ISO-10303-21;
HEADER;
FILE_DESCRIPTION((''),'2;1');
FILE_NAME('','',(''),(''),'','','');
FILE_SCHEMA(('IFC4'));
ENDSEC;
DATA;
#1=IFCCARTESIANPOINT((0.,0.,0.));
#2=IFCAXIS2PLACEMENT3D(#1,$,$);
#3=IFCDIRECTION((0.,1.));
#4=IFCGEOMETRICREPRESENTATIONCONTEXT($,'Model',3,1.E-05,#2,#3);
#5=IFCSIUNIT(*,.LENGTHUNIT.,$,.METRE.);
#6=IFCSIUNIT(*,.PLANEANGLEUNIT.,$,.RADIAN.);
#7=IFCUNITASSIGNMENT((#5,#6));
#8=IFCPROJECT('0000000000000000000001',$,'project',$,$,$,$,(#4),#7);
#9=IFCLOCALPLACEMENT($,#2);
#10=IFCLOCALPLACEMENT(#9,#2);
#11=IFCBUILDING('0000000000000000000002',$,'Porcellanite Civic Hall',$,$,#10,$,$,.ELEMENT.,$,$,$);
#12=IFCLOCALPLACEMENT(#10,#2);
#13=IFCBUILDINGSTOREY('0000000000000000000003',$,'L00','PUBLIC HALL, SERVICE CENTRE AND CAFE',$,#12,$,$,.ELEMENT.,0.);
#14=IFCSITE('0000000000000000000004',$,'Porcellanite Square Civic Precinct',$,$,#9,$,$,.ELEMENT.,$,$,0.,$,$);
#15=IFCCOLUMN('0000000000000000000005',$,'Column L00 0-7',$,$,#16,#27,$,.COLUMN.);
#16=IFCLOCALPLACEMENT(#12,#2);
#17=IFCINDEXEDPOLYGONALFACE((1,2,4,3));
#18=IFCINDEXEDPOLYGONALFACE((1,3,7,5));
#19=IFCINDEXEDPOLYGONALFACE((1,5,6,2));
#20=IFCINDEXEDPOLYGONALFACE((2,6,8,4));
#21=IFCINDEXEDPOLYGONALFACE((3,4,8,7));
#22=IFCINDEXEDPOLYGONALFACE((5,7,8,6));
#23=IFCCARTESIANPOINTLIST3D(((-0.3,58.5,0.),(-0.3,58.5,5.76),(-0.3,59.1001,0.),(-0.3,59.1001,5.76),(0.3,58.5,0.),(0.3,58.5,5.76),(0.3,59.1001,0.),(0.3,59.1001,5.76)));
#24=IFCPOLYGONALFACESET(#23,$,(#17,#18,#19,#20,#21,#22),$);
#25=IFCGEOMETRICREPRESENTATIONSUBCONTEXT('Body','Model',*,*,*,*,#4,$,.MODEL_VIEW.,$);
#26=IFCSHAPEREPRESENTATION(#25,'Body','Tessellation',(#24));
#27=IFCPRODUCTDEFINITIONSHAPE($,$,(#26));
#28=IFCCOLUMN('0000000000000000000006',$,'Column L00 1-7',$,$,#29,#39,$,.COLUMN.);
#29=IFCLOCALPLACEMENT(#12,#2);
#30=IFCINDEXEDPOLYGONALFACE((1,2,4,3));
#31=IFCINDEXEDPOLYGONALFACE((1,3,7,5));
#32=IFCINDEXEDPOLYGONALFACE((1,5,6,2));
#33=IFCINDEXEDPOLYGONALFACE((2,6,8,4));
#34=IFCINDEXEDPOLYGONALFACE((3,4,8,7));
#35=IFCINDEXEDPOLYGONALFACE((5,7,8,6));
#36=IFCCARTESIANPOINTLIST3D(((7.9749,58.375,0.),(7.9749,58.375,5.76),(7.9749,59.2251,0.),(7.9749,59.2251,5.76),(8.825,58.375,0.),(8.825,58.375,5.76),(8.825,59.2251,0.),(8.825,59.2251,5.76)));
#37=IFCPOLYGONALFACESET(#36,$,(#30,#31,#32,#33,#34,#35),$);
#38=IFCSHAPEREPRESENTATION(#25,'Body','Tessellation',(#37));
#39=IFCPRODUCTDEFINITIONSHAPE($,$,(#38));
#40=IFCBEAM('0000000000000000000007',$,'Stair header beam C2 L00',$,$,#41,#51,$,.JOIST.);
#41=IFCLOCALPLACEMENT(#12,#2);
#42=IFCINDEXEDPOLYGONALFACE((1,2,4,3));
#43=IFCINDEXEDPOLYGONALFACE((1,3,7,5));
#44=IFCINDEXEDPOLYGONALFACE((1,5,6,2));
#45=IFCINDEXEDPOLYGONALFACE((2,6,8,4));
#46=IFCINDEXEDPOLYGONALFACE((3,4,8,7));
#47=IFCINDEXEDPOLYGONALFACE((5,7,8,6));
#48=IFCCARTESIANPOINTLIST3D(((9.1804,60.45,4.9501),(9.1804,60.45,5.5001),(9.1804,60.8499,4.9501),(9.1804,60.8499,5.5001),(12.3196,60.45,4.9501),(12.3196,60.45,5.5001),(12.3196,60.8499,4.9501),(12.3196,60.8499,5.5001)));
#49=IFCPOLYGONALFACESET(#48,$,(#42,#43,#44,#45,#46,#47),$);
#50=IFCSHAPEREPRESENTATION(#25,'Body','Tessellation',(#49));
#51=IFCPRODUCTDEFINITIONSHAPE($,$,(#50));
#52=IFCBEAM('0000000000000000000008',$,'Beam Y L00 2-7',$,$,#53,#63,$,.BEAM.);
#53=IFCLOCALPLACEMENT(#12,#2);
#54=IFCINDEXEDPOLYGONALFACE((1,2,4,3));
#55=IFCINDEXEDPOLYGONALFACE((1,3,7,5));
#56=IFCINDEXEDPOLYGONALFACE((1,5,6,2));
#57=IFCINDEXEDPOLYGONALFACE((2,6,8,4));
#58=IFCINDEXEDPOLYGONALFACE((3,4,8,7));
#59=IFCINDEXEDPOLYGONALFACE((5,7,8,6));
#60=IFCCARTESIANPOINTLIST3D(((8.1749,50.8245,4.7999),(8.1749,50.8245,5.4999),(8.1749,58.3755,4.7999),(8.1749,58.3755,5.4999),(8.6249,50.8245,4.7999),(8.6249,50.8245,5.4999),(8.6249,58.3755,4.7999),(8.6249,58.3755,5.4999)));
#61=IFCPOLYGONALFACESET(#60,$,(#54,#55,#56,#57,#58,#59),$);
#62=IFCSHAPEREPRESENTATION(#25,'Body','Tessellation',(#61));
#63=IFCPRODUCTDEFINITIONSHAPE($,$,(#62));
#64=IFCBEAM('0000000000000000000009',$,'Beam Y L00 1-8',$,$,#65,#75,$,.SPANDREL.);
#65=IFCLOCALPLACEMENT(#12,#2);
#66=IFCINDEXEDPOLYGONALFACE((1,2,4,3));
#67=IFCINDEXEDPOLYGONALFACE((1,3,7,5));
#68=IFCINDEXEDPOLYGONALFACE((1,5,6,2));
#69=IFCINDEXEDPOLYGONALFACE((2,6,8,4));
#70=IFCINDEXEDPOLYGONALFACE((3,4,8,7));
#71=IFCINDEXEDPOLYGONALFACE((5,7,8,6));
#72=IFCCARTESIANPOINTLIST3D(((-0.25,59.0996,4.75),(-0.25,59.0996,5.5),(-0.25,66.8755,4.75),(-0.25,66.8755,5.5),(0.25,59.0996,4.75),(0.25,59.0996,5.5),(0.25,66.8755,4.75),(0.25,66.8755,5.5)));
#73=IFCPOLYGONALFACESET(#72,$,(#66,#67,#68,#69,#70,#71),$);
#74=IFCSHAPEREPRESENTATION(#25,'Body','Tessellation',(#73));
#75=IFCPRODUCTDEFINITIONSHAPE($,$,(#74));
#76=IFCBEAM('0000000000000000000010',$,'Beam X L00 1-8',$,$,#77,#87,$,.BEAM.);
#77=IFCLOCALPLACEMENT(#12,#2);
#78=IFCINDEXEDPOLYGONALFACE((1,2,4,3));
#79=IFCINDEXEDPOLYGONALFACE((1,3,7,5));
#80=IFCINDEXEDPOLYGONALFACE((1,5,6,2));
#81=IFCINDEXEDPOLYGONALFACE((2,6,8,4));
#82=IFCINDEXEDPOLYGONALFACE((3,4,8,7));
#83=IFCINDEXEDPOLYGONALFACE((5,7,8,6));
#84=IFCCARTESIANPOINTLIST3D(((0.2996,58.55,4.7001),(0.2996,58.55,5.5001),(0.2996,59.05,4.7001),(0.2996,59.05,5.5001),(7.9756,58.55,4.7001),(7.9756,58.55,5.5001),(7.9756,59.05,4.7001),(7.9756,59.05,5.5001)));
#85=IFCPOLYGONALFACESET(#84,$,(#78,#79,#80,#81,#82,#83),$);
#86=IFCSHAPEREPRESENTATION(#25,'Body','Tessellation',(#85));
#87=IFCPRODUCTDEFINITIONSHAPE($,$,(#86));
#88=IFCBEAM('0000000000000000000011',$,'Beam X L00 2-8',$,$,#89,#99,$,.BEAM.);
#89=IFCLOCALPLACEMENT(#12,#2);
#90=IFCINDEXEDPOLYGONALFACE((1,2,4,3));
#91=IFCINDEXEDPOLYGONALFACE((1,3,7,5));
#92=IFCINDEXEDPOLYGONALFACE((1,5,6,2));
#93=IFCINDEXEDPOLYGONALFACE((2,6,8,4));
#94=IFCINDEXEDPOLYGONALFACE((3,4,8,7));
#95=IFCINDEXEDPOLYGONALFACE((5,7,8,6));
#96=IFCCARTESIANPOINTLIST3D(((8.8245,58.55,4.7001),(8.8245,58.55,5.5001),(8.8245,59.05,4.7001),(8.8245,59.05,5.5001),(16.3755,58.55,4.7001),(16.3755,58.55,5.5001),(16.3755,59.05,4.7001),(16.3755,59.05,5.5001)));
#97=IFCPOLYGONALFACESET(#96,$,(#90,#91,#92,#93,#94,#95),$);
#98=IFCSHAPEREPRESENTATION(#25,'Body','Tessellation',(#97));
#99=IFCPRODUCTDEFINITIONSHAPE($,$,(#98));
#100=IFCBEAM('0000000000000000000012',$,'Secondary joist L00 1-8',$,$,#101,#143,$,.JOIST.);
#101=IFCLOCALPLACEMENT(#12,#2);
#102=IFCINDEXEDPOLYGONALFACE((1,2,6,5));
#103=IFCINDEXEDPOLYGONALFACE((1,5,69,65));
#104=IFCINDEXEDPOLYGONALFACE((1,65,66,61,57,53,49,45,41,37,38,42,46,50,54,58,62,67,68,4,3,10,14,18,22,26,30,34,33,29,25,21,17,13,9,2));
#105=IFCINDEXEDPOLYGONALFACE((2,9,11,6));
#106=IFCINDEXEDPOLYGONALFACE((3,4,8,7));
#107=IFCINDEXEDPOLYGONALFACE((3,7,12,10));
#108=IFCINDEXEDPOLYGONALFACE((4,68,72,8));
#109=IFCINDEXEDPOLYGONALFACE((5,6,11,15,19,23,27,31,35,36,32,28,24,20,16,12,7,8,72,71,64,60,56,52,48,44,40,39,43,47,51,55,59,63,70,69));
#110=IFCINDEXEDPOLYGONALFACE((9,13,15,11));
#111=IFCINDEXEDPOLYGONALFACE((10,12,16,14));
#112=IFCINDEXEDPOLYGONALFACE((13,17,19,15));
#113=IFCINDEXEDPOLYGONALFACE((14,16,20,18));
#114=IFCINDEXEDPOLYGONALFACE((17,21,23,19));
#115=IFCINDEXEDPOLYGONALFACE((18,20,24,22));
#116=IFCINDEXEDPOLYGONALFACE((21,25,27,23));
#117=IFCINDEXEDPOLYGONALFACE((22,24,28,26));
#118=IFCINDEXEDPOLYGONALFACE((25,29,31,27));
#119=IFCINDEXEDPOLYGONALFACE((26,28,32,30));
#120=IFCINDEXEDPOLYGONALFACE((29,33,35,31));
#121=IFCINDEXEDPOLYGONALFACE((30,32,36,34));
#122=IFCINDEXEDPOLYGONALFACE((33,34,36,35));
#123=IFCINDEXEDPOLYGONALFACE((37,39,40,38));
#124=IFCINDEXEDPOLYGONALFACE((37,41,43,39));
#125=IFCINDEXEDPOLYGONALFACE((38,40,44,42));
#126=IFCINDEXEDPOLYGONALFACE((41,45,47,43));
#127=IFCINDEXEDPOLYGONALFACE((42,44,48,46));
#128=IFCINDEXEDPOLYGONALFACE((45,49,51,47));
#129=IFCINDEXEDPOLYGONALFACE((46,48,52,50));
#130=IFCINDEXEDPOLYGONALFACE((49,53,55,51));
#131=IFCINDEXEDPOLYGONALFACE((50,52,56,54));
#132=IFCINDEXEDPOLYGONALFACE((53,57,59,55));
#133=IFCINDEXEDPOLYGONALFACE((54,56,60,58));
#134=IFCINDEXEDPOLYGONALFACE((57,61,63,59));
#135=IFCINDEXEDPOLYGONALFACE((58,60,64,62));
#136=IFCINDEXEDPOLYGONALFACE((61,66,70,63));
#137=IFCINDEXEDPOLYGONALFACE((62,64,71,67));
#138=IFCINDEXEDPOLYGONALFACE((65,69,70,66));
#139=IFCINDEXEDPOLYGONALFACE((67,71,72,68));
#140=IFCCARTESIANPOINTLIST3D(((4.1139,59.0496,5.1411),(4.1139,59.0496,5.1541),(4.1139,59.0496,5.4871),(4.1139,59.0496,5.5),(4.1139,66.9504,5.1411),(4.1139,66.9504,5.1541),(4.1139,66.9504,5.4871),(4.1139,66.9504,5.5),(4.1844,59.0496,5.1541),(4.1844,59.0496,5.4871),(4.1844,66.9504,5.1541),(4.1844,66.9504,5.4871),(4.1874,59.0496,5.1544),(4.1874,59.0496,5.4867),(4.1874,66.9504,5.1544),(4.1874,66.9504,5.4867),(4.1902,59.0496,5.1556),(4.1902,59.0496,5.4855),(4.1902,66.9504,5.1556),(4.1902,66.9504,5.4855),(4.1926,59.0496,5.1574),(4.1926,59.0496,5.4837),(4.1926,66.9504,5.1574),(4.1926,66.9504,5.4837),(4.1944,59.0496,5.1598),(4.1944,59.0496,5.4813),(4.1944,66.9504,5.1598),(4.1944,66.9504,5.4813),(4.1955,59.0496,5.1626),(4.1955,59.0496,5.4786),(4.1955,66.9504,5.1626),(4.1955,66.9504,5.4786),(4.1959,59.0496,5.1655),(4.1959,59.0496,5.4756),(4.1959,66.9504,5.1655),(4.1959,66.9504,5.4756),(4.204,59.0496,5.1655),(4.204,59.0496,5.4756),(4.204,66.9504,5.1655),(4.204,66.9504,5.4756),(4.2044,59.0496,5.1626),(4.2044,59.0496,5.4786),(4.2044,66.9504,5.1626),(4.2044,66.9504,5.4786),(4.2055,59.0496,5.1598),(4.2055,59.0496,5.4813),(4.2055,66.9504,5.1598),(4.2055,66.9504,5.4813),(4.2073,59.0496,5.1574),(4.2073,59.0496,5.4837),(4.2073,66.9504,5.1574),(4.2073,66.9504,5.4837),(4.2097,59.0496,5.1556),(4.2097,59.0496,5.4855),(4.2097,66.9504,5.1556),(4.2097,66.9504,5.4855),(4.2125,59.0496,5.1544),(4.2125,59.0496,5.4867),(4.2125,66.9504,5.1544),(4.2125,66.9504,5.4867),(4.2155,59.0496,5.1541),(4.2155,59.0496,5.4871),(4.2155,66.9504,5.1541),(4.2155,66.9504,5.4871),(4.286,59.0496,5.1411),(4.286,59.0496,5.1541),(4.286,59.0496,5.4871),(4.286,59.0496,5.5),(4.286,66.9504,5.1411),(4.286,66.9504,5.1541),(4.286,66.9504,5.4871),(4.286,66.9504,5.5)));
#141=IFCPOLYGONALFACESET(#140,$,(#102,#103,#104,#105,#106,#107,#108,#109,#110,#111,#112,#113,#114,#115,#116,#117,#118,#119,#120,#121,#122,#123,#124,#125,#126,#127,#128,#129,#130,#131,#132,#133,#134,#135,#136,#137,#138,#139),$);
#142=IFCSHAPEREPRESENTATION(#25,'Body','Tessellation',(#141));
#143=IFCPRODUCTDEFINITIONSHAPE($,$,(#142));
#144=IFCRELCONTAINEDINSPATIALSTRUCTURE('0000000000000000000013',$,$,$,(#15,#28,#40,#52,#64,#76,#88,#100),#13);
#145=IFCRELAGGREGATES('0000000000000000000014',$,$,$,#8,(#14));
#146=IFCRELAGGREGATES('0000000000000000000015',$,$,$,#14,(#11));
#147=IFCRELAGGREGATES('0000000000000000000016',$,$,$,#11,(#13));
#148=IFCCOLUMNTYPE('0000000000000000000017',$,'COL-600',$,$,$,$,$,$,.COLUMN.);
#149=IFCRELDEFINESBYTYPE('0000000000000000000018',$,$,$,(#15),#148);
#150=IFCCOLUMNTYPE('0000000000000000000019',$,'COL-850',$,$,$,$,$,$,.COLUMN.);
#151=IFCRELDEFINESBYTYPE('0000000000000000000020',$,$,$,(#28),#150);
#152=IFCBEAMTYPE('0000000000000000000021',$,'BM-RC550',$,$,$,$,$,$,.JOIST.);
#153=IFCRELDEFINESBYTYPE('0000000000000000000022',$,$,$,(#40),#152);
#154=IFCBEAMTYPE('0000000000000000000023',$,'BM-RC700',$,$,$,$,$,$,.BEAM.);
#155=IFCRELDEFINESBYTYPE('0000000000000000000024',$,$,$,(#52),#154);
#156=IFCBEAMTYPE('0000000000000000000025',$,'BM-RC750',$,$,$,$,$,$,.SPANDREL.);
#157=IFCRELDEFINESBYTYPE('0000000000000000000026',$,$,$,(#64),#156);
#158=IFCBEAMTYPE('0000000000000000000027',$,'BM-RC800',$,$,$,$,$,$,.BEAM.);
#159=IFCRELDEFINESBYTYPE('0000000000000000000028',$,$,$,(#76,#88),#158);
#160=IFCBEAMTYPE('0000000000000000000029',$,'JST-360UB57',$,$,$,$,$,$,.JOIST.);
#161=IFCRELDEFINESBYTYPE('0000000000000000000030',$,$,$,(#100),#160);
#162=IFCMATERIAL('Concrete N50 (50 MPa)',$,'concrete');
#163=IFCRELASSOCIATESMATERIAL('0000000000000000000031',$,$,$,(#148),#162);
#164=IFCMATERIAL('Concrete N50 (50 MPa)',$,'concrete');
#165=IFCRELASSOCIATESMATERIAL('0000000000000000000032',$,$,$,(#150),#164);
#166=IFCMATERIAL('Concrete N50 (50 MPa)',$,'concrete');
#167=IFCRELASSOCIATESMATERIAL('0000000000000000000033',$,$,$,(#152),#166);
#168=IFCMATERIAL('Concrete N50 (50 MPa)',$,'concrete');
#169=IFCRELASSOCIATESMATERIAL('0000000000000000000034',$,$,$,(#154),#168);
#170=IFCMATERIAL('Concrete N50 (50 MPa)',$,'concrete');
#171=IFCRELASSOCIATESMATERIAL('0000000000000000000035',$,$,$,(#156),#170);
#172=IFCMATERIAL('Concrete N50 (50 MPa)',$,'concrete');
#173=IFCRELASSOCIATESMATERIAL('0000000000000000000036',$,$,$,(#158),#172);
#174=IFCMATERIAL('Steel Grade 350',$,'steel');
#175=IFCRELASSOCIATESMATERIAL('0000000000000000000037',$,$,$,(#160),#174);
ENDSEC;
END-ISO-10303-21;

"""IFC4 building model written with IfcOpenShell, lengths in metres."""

from ifc_helpers import new_model, si_unit, direction, frame, origin, origin_2d, place, context, subcontext, project, spatial, rectangle, i_section, extrude, material, material_profile, profile_set, type_object, element, save


model = new_model("IFC4")

# Units and contexts
model_context = context("Model", 3, precision=1e-05, world=origin(), true_north=direction((0.0, 1.0)))
body_context = subcontext(model_context, "Body", "Model", "MODEL_VIEW")
ifc_project = project(units=[si_unit("LENGTHUNIT", "METRE"), si_unit("PLANEANGLEUNIT", "RADIAN")], contexts=[model_context])

# Site, building, storey
site_placement = place(None, origin())
site = spatial("IfcSite", under=ifc_project, at=site_placement, Name="Porcellanite Square Civic Precinct", CompositionType="ELEMENT", RefElevation=0.0)
building_placement = place(site_placement, origin())
building = spatial("IfcBuilding", under=site, at=building_placement, Name="Porcellanite Civic Hall", CompositionType="ELEMENT")
storey_placement = place(building_placement, origin())
storey = spatial("IfcBuildingStorey", under=building, at=storey_placement, Name="L00", Description="PUBLIC HALL, SERVICE CENTRE AND CAFE", CompositionType="ELEMENT", Elevation=0.0)

# Columns
ifc_material_1 = material(Name="Concrete N50 (50 MPa)", Category="concrete")
ifc_material_profile_1 = material_profile(ifc_material_1, rectangle(XDim=0.6001, YDim=0.6001, at=origin_2d()), Name="RC-600x600")
ifc_profile_set_1 = profile_set([ifc_material_profile_1], Name="Concrete N50 (50 MPa)")
column_type_1 = type_object("IfcColumnType", Name="COL-600", PredefinedType="COLUMN", material=ifc_profile_set_1)
column_1_placement = place(storey_placement, frame((0.0, 58.8, 0.0), z_axis=(0.0, 0.0, 1.0), x_axis=(1.0, 0.0, 0.0)))
element("IfcColumn", 1, at=column_1_placement, inside=storey, type_object=column_type_1, Name="Column L00 0-7", PredefinedType="COLUMN", context=body_context, shape_type="SweptSolid", body=[
    extrude(rectangle(XDim=0.6001, YDim=0.6001, at=origin_2d()), origin(), (0.0, 0.0, 1.0), 5.76),
])
ifc_material_2 = material(Name="Concrete N50 (50 MPa)", Category="concrete")
ifc_material_profile_2 = material_profile(ifc_material_2, rectangle(XDim=0.8501, YDim=0.8501, at=origin_2d()), Name="RC-850x850")
ifc_profile_set_2 = profile_set([ifc_material_profile_2], Name="Concrete N50 (50 MPa)")
column_type_2 = type_object("IfcColumnType", Name="COL-850", PredefinedType="COLUMN", material=ifc_profile_set_2)
column_2_placement = place(storey_placement, frame((8.3999, 58.8, 0.0), z_axis=(0.0, 0.0, 1.0), x_axis=(1.0, 0.0, 0.0)))
element("IfcColumn", 2, at=column_2_placement, inside=storey, type_object=column_type_2, Name="Column L00 1-7", PredefinedType="COLUMN", context=body_context, shape_type="SweptSolid", body=[
    extrude(rectangle(XDim=0.8501, YDim=0.8501, at=origin_2d()), origin(), (0.0, 0.0, 1.0), 5.76),
])

# Beams
ifc_material_3 = material(Name="Concrete N50 (50 MPa)", Category="concrete")
ifc_material_profile_3 = material_profile(ifc_material_3, rectangle(XDim=0.3999, YDim=0.55, at=origin_2d()), Name="RC-400x550")
ifc_profile_set_3 = profile_set([ifc_material_profile_3], Name="Concrete N50 (50 MPa)")
beam_type_1 = type_object("IfcBeamType", Name="BM-RC550", PredefinedType="JOIST", material=ifc_profile_set_3)
beam_1_placement = place(storey_placement, frame((9.1804, 60.6499, 5.2251), z_axis=(1.0, 0.0, 0.0), x_axis=(0.0, 1.0, 0.0)))
element("IfcBeam", 3, at=beam_1_placement, inside=storey, type_object=beam_type_1, Name="Stair header beam C2 L00", PredefinedType="JOIST", context=body_context, shape_type="SweptSolid", body=[
    extrude(rectangle(XDim=0.3999, YDim=0.55, at=origin_2d()), origin(), (0.0, 0.0, 1.0), 3.1392),
])
ifc_material_4 = material(Name="Concrete N50 (50 MPa)", Category="concrete")
ifc_material_profile_4 = material_profile(ifc_material_4, rectangle(XDim=0.45, YDim=0.7, at=origin_2d()), Name="RC-450x700")
ifc_profile_set_4 = profile_set([ifc_material_profile_4], Name="Concrete N50 (50 MPa)")
beam_type_2 = type_object("IfcBeamType", Name="BM-RC700", PredefinedType="BEAM", material=ifc_profile_set_4)
beam_2_placement = place(storey_placement, frame((8.3999, 50.8245, 5.1499), z_axis=(0.0, 1.0, 0.0), x_axis=(-1.0, 0.0, 0.0)))
element("IfcBeam", 4, at=beam_2_placement, inside=storey, type_object=beam_type_2, Name="Beam Y L00 2-7", PredefinedType="BEAM", context=body_context, shape_type="SweptSolid", body=[
    extrude(rectangle(XDim=0.45, YDim=0.7, at=origin_2d()), origin(), (0.0, 0.0, 1.0), 7.551),
])
ifc_material_5 = material(Name="Concrete N50 (50 MPa)", Category="concrete")
ifc_material_profile_5 = material_profile(ifc_material_5, rectangle(XDim=0.5, YDim=0.75, at=origin_2d()), Name="RC-500x750")
ifc_profile_set_5 = profile_set([ifc_material_profile_5], Name="Concrete N50 (50 MPa)")
beam_type_3 = type_object("IfcBeamType", Name="BM-RC750", PredefinedType="SPANDREL", material=ifc_profile_set_5)
beam_3_placement = place(storey_placement, frame((0.0, 59.0996, 5.125), z_axis=(0.0, 1.0, 0.0), x_axis=(-1.0, 0.0, 0.0)))
element("IfcBeam", 5, at=beam_3_placement, inside=storey, type_object=beam_type_3, Name="Beam Y L00 1-8", PredefinedType="SPANDREL", context=body_context, shape_type="SweptSolid", body=[
    extrude(rectangle(XDim=0.5, YDim=0.75, at=origin_2d()), origin(), (0.0, 0.0, 1.0), 7.7759),
])
ifc_material_6 = material(Name="Concrete N50 (50 MPa)", Category="concrete")
ifc_material_profile_6 = material_profile(ifc_material_6, rectangle(XDim=0.5, YDim=0.8, at=origin_2d()), Name="RC-500x800")
ifc_profile_set_6 = profile_set([ifc_material_profile_6], Name="Concrete N50 (50 MPa)")
beam_type_4 = type_object("IfcBeamType", Name="BM-RC800", PredefinedType="BEAM", material=ifc_profile_set_6)
beam_4_placement = place(storey_placement, frame((0.2996, 58.8, 5.1001), z_axis=(1.0, 0.0, 0.0), x_axis=(0.0, 1.0, 0.0)))
element("IfcBeam", 6, at=beam_4_placement, inside=storey, type_object=beam_type_4, Name="Beam X L00 1-8", PredefinedType="BEAM", context=body_context, shape_type="SweptSolid", body=[
    extrude(rectangle(XDim=0.5, YDim=0.8, at=origin_2d()), origin(), (0.0, 0.0, 1.0), 7.676),
])
beam_5_placement = place(storey_placement, frame((8.8245, 58.8, 5.1001), z_axis=(1.0, 0.0, 0.0), x_axis=(0.0, 1.0, 0.0)))
element("IfcBeam", 7, at=beam_5_placement, inside=storey, type_object=beam_type_4, Name="Beam X L00 2-8", PredefinedType="BEAM", context=body_context, shape_type="SweptSolid", body=[
    extrude(rectangle(XDim=0.5, YDim=0.8, at=origin_2d()), origin(), (0.0, 0.0, 1.0), 7.551),
])
ifc_material_7 = material(Name="Steel Grade 350", Category="steel")
ifc_material_profile_7 = material_profile(ifc_material_7, i_section(OverallWidth=0.1721, OverallDepth=0.3589, WebThickness=0.0081, FlangeThickness=0.0129, FilletRadius=0.0115, at=origin_2d()), Name="360UB56.7")
ifc_profile_set_7 = profile_set([ifc_material_profile_7], Name="Steel Grade 350")
beam_type_5 = type_object("IfcBeamType", Name="JST-360UB57", PredefinedType="JOIST", material=ifc_profile_set_7)
beam_6_placement = place(storey_placement, frame((4.2, 59.0496, 5.3206), z_axis=(0.0, 1.0, 0.0), x_axis=(-1.0, 0.0, 0.0)))
element("IfcBeam", 8, at=beam_6_placement, inside=storey, type_object=beam_type_5, Name="Secondary joist L00 1-8", PredefinedType="JOIST", context=body_context, shape_type="SweptSolid", body=[
    extrude(i_section(OverallWidth=0.1721, OverallDepth=0.3589, WebThickness=0.0081, FlangeThickness=0.0129, FilletRadius=0.0115, at=origin_2d()), origin(), (0.0, 0.0, 1.0), 7.9009),
])

save(model, "model.ifc")
